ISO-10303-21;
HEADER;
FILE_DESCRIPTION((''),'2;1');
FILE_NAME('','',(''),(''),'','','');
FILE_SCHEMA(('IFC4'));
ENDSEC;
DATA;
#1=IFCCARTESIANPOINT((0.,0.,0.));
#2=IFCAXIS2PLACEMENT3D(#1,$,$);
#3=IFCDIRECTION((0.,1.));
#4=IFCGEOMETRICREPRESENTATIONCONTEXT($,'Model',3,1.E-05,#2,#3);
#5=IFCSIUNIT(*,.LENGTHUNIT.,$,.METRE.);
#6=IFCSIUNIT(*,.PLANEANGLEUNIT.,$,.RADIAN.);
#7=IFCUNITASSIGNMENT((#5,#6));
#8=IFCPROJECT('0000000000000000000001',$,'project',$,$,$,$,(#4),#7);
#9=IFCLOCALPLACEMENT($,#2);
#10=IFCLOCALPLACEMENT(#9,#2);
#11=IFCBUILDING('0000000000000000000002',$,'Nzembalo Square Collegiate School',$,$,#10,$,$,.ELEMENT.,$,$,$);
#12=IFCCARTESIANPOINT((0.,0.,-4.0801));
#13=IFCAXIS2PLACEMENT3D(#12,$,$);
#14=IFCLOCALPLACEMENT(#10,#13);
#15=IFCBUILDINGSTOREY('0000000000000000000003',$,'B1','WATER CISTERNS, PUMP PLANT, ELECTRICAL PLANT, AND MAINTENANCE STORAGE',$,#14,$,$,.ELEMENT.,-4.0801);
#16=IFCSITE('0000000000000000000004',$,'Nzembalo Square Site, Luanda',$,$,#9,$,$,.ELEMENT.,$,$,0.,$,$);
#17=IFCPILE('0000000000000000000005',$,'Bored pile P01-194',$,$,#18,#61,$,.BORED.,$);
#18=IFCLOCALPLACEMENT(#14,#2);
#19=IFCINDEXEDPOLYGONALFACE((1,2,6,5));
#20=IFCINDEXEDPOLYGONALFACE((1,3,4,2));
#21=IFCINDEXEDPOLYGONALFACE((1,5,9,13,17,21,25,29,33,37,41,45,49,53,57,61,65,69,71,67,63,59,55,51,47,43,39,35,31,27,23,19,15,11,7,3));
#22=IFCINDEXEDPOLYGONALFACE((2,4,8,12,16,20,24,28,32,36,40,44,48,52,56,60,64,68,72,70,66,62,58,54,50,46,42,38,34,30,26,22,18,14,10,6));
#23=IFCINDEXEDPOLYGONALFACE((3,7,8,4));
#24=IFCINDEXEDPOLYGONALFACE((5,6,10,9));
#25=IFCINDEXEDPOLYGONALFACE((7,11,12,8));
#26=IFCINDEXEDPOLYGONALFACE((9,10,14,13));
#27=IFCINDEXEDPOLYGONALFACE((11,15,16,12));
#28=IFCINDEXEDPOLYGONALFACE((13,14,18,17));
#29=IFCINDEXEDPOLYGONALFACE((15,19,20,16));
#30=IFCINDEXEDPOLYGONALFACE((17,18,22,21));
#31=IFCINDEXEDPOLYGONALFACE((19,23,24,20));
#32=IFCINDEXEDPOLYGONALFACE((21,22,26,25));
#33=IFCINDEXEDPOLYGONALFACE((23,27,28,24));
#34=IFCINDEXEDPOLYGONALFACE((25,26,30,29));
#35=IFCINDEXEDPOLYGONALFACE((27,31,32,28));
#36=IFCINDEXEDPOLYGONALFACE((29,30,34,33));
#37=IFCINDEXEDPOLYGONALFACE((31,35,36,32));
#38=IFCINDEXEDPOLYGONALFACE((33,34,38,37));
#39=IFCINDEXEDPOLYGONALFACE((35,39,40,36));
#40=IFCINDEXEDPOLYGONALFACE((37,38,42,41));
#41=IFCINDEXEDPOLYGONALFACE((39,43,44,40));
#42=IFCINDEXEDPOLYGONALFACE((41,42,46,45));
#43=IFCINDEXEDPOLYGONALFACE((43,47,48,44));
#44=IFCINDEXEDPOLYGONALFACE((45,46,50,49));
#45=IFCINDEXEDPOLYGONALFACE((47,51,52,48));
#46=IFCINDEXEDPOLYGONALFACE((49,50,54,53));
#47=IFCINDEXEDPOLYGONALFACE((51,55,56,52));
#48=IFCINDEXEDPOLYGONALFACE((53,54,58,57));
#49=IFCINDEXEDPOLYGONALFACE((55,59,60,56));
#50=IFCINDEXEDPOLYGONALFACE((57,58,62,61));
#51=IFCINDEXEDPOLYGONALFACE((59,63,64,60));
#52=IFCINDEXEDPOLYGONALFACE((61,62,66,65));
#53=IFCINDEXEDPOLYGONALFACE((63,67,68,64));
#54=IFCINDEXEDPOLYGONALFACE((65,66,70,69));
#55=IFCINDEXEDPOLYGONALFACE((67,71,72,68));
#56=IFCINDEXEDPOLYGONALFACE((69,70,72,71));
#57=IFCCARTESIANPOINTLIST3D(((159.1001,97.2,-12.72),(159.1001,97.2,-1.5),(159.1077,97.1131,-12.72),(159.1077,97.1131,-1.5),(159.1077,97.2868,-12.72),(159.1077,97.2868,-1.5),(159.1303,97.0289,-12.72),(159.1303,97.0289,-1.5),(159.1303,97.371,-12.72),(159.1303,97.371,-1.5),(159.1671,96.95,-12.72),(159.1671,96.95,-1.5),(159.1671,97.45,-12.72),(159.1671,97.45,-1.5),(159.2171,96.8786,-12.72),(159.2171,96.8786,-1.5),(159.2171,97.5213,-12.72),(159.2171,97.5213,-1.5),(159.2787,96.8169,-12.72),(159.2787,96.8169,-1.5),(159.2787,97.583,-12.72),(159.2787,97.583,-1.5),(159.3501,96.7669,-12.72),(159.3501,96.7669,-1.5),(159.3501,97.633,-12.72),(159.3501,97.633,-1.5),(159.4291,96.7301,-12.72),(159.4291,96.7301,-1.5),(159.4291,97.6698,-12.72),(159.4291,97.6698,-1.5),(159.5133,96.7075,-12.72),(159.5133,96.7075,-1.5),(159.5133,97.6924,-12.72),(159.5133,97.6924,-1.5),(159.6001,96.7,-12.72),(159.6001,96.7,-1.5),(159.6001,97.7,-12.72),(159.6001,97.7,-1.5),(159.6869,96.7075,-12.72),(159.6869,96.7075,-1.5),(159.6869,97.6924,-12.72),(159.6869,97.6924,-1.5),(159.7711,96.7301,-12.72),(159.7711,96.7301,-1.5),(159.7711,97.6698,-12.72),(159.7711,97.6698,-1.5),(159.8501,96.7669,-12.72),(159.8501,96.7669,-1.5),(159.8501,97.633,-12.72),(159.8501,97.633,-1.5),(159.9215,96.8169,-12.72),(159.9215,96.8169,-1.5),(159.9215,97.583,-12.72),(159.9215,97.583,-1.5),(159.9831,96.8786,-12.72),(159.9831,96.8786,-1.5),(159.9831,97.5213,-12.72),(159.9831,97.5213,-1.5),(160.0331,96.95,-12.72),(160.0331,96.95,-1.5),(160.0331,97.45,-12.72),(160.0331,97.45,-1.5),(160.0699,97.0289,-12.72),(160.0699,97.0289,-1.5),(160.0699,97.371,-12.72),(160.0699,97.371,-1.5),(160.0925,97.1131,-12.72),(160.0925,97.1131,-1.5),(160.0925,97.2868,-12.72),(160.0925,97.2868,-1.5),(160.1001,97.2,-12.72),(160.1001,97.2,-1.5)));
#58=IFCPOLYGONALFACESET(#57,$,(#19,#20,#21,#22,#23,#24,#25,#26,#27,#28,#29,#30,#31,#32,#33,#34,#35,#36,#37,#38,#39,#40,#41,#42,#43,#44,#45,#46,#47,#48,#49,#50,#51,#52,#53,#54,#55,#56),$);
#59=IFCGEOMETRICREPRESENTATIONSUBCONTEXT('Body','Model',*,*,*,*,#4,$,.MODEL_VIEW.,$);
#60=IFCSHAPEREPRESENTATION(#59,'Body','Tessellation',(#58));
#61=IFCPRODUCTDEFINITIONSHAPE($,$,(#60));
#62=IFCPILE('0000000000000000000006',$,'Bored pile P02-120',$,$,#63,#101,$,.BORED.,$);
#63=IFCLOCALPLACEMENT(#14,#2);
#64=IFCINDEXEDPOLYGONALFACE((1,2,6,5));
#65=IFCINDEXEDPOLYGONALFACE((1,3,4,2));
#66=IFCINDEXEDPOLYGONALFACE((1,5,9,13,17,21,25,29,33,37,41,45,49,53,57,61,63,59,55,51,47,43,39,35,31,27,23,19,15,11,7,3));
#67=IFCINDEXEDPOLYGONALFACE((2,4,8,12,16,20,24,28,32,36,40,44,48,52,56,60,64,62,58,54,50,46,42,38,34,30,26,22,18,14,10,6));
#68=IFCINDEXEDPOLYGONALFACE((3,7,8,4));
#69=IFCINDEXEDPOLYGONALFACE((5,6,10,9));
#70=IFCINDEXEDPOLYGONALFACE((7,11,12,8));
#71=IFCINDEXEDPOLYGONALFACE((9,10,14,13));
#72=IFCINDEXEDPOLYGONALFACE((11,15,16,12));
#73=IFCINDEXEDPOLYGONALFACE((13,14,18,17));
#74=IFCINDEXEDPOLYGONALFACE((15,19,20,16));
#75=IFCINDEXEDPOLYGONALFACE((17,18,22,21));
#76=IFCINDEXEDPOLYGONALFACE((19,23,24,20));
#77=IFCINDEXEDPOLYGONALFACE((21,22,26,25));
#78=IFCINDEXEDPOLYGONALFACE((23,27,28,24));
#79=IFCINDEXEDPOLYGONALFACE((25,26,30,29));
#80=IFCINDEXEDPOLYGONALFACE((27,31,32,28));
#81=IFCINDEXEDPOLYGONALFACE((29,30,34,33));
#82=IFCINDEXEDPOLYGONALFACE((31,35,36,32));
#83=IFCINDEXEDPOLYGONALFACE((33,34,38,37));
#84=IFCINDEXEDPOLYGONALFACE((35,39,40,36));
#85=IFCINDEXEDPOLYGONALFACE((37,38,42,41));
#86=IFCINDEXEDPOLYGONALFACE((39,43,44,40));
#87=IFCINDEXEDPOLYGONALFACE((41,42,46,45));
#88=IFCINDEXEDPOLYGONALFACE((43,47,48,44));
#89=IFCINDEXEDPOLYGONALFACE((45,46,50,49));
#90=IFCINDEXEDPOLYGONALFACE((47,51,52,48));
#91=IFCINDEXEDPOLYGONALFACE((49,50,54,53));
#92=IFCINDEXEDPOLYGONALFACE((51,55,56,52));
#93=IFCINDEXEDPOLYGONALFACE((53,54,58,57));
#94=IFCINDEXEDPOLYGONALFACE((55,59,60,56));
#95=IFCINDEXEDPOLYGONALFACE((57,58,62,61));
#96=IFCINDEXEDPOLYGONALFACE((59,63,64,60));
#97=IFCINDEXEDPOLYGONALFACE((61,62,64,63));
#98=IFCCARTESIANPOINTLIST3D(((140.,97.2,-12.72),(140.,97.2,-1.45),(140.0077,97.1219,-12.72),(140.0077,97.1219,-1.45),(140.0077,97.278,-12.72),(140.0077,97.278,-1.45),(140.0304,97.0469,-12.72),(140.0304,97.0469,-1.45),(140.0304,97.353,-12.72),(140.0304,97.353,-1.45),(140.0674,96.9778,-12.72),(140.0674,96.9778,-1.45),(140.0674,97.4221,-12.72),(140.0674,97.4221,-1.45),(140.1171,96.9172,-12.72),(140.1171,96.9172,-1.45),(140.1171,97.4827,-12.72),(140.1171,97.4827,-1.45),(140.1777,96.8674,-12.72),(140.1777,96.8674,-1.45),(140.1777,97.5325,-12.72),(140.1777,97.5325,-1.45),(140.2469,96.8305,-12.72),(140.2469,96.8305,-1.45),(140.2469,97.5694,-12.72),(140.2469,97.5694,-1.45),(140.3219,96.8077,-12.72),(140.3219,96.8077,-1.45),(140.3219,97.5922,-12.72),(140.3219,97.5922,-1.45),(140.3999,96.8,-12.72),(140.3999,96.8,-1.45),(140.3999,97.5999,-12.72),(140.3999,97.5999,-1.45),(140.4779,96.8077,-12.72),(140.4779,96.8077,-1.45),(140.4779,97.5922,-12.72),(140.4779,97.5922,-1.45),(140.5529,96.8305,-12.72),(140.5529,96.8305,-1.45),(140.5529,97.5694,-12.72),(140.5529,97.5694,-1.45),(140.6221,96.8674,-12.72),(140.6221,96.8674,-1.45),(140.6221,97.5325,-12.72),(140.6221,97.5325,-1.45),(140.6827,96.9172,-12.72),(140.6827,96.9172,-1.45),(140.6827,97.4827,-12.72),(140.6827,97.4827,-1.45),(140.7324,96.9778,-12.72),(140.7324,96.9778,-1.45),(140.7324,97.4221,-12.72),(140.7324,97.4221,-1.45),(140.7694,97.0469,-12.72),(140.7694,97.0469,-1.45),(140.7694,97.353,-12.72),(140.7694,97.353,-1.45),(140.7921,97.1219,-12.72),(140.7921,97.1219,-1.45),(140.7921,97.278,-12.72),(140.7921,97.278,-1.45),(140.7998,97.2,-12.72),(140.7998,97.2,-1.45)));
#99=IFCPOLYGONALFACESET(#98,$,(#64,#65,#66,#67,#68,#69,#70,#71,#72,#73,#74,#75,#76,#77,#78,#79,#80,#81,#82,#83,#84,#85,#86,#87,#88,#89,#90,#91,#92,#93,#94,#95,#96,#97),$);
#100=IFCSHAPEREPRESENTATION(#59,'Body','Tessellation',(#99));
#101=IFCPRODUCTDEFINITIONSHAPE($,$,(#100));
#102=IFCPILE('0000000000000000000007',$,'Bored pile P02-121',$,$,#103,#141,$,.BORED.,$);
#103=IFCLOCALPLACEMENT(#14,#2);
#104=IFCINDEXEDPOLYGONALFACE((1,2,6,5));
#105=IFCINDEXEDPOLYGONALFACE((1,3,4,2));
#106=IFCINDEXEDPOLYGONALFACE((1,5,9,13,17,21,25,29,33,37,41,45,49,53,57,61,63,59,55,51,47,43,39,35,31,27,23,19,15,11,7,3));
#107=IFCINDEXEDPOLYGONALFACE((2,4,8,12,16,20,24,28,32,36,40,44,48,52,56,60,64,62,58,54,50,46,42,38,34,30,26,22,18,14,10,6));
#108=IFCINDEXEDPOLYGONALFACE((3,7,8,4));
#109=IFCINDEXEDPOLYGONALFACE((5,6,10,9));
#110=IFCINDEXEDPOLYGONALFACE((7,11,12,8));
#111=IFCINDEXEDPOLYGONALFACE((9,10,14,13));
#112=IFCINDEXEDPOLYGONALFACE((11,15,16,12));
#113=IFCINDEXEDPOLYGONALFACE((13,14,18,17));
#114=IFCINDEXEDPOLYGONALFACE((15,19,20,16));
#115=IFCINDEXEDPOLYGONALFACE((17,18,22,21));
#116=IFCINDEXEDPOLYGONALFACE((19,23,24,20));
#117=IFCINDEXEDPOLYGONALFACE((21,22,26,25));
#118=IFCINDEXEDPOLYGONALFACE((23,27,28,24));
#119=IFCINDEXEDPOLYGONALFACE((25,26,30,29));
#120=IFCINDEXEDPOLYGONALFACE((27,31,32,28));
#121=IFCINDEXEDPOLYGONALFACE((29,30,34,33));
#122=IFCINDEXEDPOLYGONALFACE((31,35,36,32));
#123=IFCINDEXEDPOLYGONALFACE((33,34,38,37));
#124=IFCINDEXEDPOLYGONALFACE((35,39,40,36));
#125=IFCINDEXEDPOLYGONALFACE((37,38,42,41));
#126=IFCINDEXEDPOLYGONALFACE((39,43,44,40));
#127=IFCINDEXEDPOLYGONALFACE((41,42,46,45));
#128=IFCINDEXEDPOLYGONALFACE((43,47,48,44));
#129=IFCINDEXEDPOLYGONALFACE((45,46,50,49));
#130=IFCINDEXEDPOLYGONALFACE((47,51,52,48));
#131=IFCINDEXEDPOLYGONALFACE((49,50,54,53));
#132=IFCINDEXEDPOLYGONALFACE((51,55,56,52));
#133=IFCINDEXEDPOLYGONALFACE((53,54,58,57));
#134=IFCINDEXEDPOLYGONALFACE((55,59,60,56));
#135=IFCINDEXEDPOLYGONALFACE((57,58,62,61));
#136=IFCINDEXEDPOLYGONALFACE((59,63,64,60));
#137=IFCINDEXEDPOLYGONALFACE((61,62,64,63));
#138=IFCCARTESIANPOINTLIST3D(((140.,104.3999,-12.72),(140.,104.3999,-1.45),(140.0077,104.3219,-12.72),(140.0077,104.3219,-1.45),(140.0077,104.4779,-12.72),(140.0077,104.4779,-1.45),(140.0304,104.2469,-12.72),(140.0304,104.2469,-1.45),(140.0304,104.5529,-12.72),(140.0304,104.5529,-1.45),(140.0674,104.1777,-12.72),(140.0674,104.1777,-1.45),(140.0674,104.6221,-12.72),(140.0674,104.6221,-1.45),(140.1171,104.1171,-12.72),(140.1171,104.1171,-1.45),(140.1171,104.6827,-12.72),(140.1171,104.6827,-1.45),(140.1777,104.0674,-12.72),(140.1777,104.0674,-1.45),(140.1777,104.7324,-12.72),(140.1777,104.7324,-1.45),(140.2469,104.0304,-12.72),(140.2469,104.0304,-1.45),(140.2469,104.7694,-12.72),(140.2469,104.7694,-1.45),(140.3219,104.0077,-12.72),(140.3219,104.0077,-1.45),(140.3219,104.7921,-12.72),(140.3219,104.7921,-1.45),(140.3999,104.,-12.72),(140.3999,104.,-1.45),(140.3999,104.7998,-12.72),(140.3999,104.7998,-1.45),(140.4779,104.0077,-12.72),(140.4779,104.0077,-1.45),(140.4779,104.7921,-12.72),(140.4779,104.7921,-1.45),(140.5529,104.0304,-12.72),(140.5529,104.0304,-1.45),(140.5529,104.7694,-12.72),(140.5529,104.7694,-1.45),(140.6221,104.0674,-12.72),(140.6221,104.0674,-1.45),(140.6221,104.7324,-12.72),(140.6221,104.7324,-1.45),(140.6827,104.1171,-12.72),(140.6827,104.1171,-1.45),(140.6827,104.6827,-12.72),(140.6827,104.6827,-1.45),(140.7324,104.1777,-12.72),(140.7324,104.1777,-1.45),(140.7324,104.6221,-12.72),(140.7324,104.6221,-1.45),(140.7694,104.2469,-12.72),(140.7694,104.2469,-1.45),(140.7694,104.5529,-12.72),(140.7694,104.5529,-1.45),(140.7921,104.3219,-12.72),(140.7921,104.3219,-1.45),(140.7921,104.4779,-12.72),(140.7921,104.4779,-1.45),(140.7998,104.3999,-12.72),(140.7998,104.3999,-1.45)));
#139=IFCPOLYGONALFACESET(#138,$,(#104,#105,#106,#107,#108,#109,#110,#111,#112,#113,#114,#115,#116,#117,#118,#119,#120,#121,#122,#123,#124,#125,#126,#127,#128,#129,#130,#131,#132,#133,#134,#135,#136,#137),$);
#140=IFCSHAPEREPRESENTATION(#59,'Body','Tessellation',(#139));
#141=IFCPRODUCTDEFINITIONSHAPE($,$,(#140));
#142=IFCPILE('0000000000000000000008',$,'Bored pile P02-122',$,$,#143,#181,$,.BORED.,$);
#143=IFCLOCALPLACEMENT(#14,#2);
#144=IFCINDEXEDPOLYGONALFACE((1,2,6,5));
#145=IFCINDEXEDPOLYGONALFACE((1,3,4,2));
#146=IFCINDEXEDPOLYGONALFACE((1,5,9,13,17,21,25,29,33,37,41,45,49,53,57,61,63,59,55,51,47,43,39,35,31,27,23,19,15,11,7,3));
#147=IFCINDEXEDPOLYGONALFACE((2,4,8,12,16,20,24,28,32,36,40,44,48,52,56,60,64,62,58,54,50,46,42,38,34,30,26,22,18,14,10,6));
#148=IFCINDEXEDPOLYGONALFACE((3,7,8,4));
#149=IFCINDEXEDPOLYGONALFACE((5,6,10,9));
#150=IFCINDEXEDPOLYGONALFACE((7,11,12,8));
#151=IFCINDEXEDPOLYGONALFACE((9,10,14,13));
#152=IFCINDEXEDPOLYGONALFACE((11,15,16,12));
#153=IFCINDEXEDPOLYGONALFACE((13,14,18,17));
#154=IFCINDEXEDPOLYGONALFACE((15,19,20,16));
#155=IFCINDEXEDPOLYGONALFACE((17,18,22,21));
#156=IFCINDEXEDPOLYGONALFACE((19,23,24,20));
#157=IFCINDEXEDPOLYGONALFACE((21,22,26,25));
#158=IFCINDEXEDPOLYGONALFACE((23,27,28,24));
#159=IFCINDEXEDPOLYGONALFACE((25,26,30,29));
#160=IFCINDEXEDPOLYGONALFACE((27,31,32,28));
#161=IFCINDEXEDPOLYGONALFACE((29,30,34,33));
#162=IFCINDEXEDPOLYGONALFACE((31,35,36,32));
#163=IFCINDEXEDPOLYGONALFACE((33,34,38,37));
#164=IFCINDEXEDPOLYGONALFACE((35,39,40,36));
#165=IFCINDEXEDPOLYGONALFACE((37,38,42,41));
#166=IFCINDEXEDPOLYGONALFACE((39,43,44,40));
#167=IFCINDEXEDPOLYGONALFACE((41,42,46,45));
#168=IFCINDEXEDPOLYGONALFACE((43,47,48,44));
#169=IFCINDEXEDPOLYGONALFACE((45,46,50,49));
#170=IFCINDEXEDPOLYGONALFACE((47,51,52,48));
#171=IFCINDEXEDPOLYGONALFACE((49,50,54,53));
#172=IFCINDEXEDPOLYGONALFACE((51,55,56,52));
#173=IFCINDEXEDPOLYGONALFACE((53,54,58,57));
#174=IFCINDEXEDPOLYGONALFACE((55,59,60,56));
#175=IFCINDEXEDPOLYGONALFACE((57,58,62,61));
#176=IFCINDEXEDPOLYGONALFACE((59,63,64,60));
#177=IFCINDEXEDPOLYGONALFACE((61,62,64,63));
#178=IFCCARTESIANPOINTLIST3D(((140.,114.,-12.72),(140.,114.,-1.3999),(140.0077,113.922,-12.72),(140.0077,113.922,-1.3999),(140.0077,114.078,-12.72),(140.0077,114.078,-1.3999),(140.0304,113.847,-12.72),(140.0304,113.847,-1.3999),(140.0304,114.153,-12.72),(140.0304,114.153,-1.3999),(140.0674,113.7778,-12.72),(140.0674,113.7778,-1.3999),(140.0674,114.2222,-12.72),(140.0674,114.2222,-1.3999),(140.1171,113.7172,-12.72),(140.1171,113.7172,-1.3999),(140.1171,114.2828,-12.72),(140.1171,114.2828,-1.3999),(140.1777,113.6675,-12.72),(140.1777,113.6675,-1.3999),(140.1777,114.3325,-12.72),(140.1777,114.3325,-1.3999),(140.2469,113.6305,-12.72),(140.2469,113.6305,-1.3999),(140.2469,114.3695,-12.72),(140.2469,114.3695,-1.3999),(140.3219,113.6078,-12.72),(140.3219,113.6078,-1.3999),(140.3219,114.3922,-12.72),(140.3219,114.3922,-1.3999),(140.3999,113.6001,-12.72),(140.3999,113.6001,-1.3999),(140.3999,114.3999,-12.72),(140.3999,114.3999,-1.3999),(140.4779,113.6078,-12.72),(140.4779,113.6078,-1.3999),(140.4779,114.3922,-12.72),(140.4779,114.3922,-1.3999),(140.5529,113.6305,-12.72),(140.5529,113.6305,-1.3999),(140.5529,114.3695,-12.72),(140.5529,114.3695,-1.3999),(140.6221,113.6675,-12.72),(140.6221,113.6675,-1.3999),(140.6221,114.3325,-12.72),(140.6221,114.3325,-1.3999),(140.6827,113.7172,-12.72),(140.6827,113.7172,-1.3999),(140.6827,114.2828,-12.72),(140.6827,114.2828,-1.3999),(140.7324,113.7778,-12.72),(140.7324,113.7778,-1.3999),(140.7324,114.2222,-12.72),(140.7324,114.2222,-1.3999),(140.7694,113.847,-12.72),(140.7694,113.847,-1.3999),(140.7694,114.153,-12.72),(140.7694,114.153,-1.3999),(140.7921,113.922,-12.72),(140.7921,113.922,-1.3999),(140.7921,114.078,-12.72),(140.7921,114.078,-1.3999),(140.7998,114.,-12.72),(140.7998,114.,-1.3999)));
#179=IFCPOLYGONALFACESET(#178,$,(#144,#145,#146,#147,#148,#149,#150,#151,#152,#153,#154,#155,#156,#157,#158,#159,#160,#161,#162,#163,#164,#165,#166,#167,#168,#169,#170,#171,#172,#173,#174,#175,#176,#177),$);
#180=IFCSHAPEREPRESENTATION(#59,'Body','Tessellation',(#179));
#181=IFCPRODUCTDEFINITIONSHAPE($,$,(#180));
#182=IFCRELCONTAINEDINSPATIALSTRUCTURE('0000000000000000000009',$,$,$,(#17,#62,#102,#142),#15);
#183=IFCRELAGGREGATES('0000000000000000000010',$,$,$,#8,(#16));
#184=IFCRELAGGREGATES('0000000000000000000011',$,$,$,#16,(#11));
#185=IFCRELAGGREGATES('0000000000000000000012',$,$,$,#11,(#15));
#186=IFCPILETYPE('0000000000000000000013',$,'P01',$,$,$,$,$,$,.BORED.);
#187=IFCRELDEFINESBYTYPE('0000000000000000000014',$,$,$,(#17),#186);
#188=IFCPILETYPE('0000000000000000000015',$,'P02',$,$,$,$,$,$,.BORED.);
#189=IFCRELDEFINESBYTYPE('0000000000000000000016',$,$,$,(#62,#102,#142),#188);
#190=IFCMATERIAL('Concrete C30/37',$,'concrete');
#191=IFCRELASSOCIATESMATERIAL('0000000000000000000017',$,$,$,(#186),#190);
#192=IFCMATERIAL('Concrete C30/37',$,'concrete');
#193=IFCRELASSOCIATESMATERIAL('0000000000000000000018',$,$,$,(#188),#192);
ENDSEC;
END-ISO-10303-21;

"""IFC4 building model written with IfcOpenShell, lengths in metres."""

from ifc_helpers import new_model, si_unit, direction, frame, origin, origin_2d, place, context, subcontext, project, spatial, circle, extrude, material, material_profile, profile_set, type_object, element, save


model = new_model("IFC4")

# Units and contexts
model_context = context("Model", 3, precision=1e-05, world=origin(), true_north=direction((0.0, 1.0)))
body_context = subcontext(model_context, "Body", "Model", "MODEL_VIEW")
ifc_project = project(units=[si_unit("LENGTHUNIT", "METRE"), si_unit("PLANEANGLEUNIT", "RADIAN")], contexts=[model_context])

# Site, building, storey
site_placement = place(None, origin())
site = spatial("IfcSite", under=ifc_project, at=site_placement, Name="Nzembalo Square Site, Luanda", CompositionType="ELEMENT", RefElevation=0.0)
building_placement = place(site_placement, origin())
building = spatial("IfcBuilding", under=site, at=building_placement, Name="Nzembalo Square Collegiate School", CompositionType="ELEMENT")
storey_placement = place(building_placement, frame((0.0, 0.0, -4.0801)))
storey = spatial("IfcBuildingStorey", under=building, at=storey_placement, Name="B1", Description="WATER CISTERNS, PUMP PLANT, ELECTRICAL PLANT, AND MAINTENANCE STORAGE", CompositionType="ELEMENT", Elevation=-4.0801)

# Piles
ifc_material_1 = material(Name="Concrete C30/37", Category="concrete")
ifc_material_profile_1 = material_profile(ifc_material_1, circle(Radius=0.5, at=origin_2d()), Name="PILE D1000")
ifc_profile_set_1 = profile_set([ifc_material_profile_1], Name="Concrete C30/37")
pile_type_1 = type_object("IfcPileType", Name="P01", PredefinedType="BORED", material=ifc_profile_set_1)
for number, where, z_axis, x_axis, name in (
    (1, (159.6001, 97.2, -1.5), (0.0, 0.0, -1.0), (1.0, 0.0, 0.0), "Bored pile P01-194"),
):
    element("IfcPile", number, at=place(storey_placement, frame(where, z_axis=z_axis, x_axis=x_axis)), inside=storey, type_object=pile_type_1, Name=name, PredefinedType="BORED", context=body_context, shape_type="SweptSolid", body=[
        extrude(circle(Radius=0.5, at=origin_2d()), origin(), (0.0, 0.0, 1.0), 11.22),
    ])
ifc_material_2 = material(Name="Concrete C30/37", Category="concrete")
ifc_material_profile_2 = material_profile(ifc_material_2, circle(Radius=0.3999, at=origin_2d()), Name="PILE D800")
ifc_profile_set_2 = profile_set([ifc_material_profile_2], Name="Concrete C30/37")
pile_type_2 = type_object("IfcPileType", Name="P02", PredefinedType="BORED", material=ifc_profile_set_2)
for number, where, z_axis, x_axis, name in (
    (2, (140.3999, 97.2, -1.45), (0.0, 0.0, -1.0), (1.0, 0.0, 0.0), "Bored pile P02-120"),
    (3, (140.3999, 104.3999, -1.45), (0.0, 0.0, -1.0), (1.0, 0.0, 0.0), "Bored pile P02-121"),
):
    element("IfcPile", number, at=place(storey_placement, frame(where, z_axis=z_axis, x_axis=x_axis)), inside=storey, type_object=pile_type_2, Name=name, PredefinedType="BORED", context=body_context, shape_type="SweptSolid", body=[
        extrude(circle(Radius=0.3999, at=origin_2d()), origin(), (0.0, 0.0, 1.0), 11.27),
    ])
for number, where, z_axis, x_axis, name in (
    (4, (140.3999, 114.0, -1.3999), (0.0, 0.0, -1.0), (1.0, 0.0, 0.0), "Bored pile P02-122"),
):
    element("IfcPile", number, at=place(storey_placement, frame(where, z_axis=z_axis, x_axis=x_axis)), inside=storey, type_object=pile_type_2, Name=name, PredefinedType="BORED", context=body_context, shape_type="SweptSolid", body=[
        extrude(circle(Radius=0.3999, at=origin_2d()), origin(), (0.0, 0.0, 1.0), 11.3201),
    ])

save(model, "model.ifc")
